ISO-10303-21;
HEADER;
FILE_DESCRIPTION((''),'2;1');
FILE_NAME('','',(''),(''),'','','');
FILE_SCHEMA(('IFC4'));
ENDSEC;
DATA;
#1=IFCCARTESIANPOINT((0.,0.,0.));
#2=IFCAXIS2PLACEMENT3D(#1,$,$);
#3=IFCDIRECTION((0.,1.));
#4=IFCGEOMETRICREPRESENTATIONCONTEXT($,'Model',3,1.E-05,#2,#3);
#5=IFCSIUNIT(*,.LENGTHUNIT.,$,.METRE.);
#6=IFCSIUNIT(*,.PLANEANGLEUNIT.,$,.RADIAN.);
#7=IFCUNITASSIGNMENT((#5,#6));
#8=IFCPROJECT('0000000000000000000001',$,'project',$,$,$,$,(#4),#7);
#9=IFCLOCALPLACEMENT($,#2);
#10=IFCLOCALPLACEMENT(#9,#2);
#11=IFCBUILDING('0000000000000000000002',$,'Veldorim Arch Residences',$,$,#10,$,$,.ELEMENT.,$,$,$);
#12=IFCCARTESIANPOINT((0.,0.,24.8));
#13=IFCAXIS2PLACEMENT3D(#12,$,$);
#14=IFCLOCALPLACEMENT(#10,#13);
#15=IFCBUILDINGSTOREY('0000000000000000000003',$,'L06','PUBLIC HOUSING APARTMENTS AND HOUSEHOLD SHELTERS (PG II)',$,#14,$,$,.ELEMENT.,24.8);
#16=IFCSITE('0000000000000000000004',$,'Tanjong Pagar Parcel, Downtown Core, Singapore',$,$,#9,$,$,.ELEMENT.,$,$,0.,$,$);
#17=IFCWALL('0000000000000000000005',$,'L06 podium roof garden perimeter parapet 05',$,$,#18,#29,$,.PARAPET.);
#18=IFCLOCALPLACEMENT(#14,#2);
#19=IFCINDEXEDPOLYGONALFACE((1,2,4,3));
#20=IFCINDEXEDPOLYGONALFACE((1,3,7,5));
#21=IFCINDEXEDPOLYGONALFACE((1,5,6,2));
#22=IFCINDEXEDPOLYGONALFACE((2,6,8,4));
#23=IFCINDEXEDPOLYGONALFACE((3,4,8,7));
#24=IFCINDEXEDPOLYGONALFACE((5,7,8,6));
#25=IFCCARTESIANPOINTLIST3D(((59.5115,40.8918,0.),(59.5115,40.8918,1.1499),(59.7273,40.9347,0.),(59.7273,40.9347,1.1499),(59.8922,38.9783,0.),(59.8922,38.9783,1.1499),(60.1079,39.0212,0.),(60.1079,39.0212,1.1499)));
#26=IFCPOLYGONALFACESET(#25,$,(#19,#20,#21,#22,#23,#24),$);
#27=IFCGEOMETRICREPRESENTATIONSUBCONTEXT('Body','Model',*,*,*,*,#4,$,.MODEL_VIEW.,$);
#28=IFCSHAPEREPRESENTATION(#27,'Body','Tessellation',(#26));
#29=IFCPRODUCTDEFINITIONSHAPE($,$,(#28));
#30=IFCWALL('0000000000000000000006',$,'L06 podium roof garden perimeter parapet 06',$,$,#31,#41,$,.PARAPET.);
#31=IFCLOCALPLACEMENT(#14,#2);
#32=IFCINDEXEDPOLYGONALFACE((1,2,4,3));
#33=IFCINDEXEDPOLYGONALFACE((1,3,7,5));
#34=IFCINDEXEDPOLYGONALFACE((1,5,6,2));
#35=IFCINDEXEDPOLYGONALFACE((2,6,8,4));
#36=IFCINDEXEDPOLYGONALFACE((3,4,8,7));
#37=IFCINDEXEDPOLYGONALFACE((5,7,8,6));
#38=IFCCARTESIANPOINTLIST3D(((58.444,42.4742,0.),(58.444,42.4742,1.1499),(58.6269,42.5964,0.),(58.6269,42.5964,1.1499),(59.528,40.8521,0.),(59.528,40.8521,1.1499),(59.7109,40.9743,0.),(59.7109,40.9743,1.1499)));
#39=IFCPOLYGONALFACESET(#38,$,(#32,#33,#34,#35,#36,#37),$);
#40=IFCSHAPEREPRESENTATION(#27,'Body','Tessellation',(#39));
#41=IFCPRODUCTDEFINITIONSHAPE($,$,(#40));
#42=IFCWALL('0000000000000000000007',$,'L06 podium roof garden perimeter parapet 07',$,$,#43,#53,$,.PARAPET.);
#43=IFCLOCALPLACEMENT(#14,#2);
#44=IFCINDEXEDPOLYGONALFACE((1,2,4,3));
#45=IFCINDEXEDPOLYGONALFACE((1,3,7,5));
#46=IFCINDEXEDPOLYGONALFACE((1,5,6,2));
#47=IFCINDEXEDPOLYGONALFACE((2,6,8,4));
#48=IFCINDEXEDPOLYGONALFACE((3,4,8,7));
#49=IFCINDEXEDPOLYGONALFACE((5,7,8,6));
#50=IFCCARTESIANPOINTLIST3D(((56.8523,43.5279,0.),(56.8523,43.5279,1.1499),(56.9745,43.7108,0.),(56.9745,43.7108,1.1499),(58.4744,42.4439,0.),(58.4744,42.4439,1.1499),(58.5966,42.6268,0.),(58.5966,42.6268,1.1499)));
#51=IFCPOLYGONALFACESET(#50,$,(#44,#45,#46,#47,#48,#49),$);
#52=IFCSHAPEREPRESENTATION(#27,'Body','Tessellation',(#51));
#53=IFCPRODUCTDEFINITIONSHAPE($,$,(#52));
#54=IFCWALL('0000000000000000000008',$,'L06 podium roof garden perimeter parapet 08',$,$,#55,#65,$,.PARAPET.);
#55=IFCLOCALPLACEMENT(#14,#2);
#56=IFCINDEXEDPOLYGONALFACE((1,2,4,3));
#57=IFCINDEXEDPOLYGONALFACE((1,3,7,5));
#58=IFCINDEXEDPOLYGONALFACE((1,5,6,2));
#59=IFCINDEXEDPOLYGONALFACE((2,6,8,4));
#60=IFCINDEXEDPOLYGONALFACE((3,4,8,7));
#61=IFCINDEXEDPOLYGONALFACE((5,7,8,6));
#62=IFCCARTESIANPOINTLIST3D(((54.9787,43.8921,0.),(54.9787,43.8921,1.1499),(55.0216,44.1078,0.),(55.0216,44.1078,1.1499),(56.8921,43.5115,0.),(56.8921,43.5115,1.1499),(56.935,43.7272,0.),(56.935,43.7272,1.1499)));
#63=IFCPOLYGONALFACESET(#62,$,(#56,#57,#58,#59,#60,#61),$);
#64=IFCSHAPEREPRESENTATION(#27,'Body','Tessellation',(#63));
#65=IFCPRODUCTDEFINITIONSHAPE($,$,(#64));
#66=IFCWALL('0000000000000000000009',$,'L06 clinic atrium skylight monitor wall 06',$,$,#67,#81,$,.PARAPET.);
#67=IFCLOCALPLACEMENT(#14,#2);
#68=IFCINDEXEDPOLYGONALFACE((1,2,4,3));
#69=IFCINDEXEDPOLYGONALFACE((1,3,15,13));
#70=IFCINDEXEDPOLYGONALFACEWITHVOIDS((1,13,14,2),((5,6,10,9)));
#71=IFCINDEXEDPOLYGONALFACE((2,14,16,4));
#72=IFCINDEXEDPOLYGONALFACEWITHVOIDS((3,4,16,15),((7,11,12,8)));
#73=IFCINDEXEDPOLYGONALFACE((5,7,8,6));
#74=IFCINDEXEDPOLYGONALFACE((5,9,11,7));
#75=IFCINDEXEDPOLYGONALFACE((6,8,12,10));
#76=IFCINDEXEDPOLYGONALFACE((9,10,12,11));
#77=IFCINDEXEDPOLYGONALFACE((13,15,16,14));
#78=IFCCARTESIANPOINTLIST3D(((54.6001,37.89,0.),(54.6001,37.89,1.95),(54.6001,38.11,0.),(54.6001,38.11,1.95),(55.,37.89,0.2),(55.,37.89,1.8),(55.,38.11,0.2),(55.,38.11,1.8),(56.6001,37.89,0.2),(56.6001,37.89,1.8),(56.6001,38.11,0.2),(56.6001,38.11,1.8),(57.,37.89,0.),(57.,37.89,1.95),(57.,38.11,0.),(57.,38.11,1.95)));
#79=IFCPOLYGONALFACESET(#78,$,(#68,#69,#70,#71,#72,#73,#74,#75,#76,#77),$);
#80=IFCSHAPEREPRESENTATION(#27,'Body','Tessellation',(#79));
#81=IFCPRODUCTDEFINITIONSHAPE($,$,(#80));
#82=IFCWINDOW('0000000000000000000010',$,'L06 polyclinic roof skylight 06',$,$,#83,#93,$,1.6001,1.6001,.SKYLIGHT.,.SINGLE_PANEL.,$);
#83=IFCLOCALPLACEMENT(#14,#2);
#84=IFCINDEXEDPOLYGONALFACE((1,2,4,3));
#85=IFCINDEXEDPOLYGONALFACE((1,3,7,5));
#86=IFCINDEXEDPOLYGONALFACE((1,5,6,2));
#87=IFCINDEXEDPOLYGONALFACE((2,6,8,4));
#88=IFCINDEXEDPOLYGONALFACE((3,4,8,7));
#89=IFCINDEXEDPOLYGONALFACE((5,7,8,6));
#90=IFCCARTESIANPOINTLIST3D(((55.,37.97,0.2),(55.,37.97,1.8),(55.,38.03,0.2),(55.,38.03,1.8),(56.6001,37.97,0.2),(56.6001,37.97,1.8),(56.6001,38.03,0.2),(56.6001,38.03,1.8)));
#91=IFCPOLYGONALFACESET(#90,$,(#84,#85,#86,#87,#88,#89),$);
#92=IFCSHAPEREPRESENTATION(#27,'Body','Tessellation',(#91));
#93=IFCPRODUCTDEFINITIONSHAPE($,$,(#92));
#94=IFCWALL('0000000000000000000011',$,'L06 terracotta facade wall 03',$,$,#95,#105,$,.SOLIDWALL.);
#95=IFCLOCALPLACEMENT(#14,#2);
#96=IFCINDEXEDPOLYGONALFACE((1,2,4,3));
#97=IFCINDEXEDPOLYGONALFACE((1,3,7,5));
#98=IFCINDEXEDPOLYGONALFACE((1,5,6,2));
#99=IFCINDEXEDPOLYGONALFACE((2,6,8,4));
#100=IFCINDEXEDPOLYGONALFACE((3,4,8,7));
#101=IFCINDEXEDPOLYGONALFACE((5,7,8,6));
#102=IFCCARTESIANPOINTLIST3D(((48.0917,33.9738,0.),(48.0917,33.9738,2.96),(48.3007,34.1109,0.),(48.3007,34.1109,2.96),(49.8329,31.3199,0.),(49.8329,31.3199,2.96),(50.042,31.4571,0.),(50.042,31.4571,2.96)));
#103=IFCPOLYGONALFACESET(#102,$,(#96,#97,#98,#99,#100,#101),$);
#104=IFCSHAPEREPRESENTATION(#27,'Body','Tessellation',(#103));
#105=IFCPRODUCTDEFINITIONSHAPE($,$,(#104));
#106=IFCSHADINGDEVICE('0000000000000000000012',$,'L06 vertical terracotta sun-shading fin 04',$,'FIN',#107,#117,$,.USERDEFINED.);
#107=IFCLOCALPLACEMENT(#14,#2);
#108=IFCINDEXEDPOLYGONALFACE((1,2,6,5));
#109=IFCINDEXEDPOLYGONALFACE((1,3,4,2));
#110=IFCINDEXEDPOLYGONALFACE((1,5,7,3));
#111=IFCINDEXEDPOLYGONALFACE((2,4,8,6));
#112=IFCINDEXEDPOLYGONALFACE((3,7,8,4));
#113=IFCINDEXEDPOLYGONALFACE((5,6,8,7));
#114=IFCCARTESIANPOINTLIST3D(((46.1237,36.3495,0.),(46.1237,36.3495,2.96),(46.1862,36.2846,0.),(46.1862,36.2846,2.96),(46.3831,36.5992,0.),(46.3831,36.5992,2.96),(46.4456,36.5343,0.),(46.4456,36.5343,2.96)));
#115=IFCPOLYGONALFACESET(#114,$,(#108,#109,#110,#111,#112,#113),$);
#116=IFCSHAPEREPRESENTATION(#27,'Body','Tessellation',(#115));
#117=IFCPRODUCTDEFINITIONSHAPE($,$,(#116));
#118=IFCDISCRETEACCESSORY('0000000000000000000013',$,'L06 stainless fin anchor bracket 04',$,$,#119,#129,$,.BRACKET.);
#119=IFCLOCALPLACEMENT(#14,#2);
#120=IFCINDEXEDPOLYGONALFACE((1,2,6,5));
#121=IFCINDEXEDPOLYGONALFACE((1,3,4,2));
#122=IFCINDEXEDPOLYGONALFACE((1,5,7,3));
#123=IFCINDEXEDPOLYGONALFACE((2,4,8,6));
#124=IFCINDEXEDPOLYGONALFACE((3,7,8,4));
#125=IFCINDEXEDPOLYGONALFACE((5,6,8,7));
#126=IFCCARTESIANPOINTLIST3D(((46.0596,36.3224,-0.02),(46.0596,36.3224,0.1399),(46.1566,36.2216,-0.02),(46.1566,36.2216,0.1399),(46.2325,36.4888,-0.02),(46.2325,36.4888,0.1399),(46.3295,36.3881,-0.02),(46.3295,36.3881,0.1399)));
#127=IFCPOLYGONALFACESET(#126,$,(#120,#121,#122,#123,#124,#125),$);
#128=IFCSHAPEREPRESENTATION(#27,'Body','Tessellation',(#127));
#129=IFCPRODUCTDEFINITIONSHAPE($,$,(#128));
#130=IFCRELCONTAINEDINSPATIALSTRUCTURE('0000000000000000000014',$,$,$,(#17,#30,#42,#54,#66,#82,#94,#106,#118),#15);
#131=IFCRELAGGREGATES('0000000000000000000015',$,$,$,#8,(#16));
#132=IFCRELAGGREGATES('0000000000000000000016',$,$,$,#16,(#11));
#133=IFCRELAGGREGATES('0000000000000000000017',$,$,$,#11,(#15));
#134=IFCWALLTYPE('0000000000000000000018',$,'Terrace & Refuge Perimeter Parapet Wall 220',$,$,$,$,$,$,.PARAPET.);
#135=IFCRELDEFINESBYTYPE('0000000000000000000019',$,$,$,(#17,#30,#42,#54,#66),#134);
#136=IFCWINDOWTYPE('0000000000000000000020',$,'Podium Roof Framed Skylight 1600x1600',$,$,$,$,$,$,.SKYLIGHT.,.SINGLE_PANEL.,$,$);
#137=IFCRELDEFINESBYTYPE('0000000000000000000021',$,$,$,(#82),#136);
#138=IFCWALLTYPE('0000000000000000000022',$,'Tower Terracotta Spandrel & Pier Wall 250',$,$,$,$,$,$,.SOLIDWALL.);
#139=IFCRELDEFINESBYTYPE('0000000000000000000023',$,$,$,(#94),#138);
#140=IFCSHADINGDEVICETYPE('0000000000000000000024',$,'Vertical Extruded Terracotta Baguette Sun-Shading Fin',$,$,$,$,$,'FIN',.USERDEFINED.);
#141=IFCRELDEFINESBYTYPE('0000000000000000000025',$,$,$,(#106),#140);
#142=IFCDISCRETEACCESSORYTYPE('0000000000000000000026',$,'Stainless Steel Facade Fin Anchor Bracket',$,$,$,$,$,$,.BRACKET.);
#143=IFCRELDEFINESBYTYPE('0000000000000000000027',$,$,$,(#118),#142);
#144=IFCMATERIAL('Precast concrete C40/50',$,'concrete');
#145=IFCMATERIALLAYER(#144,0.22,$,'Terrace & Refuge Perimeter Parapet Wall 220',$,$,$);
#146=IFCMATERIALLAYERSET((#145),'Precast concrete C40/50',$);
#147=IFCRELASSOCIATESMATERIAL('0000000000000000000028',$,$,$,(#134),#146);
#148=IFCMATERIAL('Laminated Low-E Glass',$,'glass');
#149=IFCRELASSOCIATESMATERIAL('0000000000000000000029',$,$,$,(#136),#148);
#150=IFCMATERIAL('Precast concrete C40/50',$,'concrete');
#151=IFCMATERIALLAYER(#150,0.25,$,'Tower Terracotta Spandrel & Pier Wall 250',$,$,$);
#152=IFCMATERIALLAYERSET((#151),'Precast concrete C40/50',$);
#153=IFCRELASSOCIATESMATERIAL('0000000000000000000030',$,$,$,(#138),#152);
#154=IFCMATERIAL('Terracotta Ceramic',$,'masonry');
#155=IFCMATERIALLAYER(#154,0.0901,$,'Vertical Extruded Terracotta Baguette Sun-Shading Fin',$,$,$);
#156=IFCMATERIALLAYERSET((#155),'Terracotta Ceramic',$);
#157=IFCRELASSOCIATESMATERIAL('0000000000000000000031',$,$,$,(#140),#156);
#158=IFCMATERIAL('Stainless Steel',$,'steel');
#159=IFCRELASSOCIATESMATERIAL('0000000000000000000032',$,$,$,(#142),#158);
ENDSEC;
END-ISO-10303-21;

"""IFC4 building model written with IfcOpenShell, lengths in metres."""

from ifc_helpers import new_model, si_unit, direction, frame, frame_2d, origin, origin_2d, place, context, subcontext, project, spatial, rectangle, extrude, material, layer, layer_set, type_object, element, fill, save


model = new_model("IFC4")

# Units and contexts
model_context = context("Model", 3, precision=1e-05, world=origin(), true_north=direction((0.0, 1.0)))
body_context = subcontext(model_context, "Body", "Model", "MODEL_VIEW")
ifc_project = project(units=[si_unit("LENGTHUNIT", "METRE"), si_unit("PLANEANGLEUNIT", "RADIAN")], contexts=[model_context])

# Site, building, storey
site_placement = place(None, origin())
site = spatial("IfcSite", under=ifc_project, at=site_placement, Name="Tanjong Pagar Parcel, Downtown Core, Singapore", CompositionType="ELEMENT", RefElevation=0.0)
building_placement = place(site_placement, origin())
building = spatial("IfcBuilding", under=site, at=building_placement, Name="Veldorim Arch Residences", CompositionType="ELEMENT")
storey_placement = place(building_placement, frame((0.0, 0.0, 24.8)))
storey = spatial("IfcBuildingStorey", under=building, at=storey_placement, Name="L06", Description="PUBLIC HOUSING APARTMENTS AND HOUSEHOLD SHELTERS (PG II)", CompositionType="ELEMENT", Elevation=24.8)

# Walls
ifc_material_1 = material(Name="Precast concrete C40/50", Category="concrete")
ifc_layer_1 = layer(ifc_material_1, 0.22, Name="Terrace & Refuge Perimeter Parapet Wall 220")
ifc_layer_set_1 = layer_set([ifc_layer_1], Name="Precast concrete C40/50")
wall_type_1 = type_object("IfcWallType", Name="Terrace & Refuge Perimeter Parapet Wall 220", PredefinedType="PARAPET", material=ifc_layer_set_1)
for number, where, z_axis, x_axis, name in (
    (1, (59.6194, 40.9133, 0.0), (0.0, 0.0, 1.0), (0.195105, -0.980782, 0.0), "L06 podium roof garden perimeter parapet 05"),
    (2, (58.5354, 42.5354, 0.0), (0.0, 0.0, 1.0), (0.555624, -0.831434, 0.0), "L06 podium roof garden perimeter parapet 06"),
    (3, (56.9133, 43.6194, 0.0), (0.0, 0.0, 1.0), (0.831434, -0.555624, 0.0), "L06 podium roof garden perimeter parapet 07"),
    (4, (55.0, 44.0, 0.0), (0.0, 0.0, 1.0), (0.980782, -0.195105, 0.0), "L06 podium roof garden perimeter parapet 08"),
):
    element("IfcWall", number, at=place(storey_placement, frame(where, z_axis=z_axis, x_axis=x_axis)), inside=storey, type_object=wall_type_1, Name=name, PredefinedType="PARAPET", context=body_context, shape_type="SweptSolid", body=[
        extrude(rectangle(XDim=1.9509, YDim=0.22, at=frame_2d((0.9756, 0.0))), origin(), (0.0, 0.0, 1.0), 1.1499),
    ])

# Wall, opening, window
wall_1_placement = place(storey_placement, frame((54.6001, 38.0, 0.0), z_axis=(0.0, 0.0, 1.0), x_axis=(1.0, 0.0, 0.0)))
wall_1 = element("IfcWall", 5, at=wall_1_placement, inside=storey, type_object=wall_type_1, Name="L06 clinic atrium skylight monitor wall 06", PredefinedType="PARAPET", context=body_context, shape_type="SweptSolid", body=[
    extrude(rectangle(XDim=2.3999, YDim=0.22, at=frame_2d((1.2, 0.0))), origin(), (0.0, 0.0, 1.0), 1.95),
])
opening_placement = place(wall_1_placement, frame((0.3999, 0.0, 0.2)))
opening = element("IfcOpeningElement", 6, at=opening_placement, cuts=wall_1, PredefinedType="OPENING", context=body_context, shape_type="SweptSolid", body=[
    extrude(rectangle(XDim=1.6001, YDim=1.6001, at=frame_2d((0.8, 0.8))), frame((0.0, 0.1199, 0.0), z_axis=(0.0, -1.0, 0.0), x_axis=(1.0, 0.0, 0.0)), (0.0, 0.0, 1.0), 0.24),
])
ifc_material_2 = material(Name="Laminated Low-E Glass", Category="glass")
window_type = type_object("IfcWindowType", Name="Podium Roof Framed Skylight 1600x1600", PartitioningType="SINGLE_PANEL", PredefinedType="SKYLIGHT", material=ifc_material_2)
window_placement = place(opening_placement, origin())
window = element("IfcWindow", 7, at=window_placement, inside=storey, type_object=window_type, Name="L06 polyclinic roof skylight 06", OverallHeight=1.6001, OverallWidth=1.6001, PartitioningType="SINGLE_PANEL", PredefinedType="SKYLIGHT", context=body_context, shape_type="SweptSolid", body=[
    extrude(rectangle(XDim=1.6001, YDim=1.6001, at=frame_2d((0.8, 0.8))), frame((0.0, 0.03, 0.0), z_axis=(0.0, -1.0, 0.0), x_axis=(1.0, 0.0, 0.0)), (0.0, 0.0, 1.0), 0.0601),
])
fill(opening, window)

# Wall
ifc_material_3 = material(Name="Precast concrete C40/50", Category="concrete")
ifc_layer_2 = layer(ifc_material_3, 0.25, Name="Tower Terracotta Spandrel & Pier Wall 250")
ifc_layer_set_2 = layer_set([ifc_layer_2], Name="Precast concrete C40/50")
wall_type_2 = type_object("IfcWallType", Name="Tower Terracotta Spandrel & Pier Wall 250", PredefinedType="SOLIDWALL", material=ifc_layer_set_2)
wall_2_placement = place(storey_placement, frame((48.1963, 34.0422, 0.0), z_axis=(0.0, 0.0, 1.0), x_axis=(0.548579, -0.836099, 0.0)))
element("IfcWall", 8, at=wall_2_placement, inside=storey, type_object=wall_type_2, Name="L06 terracotta facade wall 03", PredefinedType="SOLIDWALL", context=body_context, shape_type="SweptSolid", body=[
    extrude(rectangle(XDim=3.1741, YDim=0.25, at=frame_2d((1.5869, 0.0))), origin(), (0.0, 0.0, 1.0), 2.96),
])

# Shading device
ifc_material_4 = material(Name="Terracotta Ceramic", Category="masonry")
ifc_layer_3 = layer(ifc_material_4, 0.0901, Name="Vertical Extruded Terracotta Baguette Sun-Shading Fin")
ifc_layer_set_3 = layer_set([ifc_layer_3], Name="Terracotta Ceramic")
shading_device_type = type_object("IfcShadingDeviceType", Name="Vertical Extruded Terracotta Baguette Sun-Shading Fin", ElementType="FIN", PredefinedType="USERDEFINED", material=ifc_layer_set_3)
shading_device_placement = place(storey_placement, frame((46.2847, 36.4419, 0.0), z_axis=(0.0, 0.0, 1.0), x_axis=(0.693528, -0.72043, 0.0)))
element("IfcShadingDevice", 9, at=shading_device_placement, inside=storey, type_object=shading_device_type, Name="L06 vertical terracotta sun-shading fin 04", ObjectType="FIN", PredefinedType="USERDEFINED", context=body_context, shape_type="SweptSolid", body=[
    extrude(rectangle(XDim=0.0901, YDim=0.3601, at=origin_2d()), origin(), (0.0, 0.0, 1.0), 2.96),
])

# Discrete accessory
ifc_material_5 = material(Name="Stainless Steel", Category="steel")
discrete_accessory_type = type_object("IfcDiscreteAccessoryType", Name="Stainless Steel Facade Fin Anchor Bracket", PredefinedType="BRACKET", material=ifc_material_5)
discrete_accessory_placement = place(storey_placement, frame((46.1946, 36.3552, -0.02), z_axis=(0.0, 0.0, 1.0), x_axis=(0.693528, -0.72043, 0.0)))
element("IfcDiscreteAccessory", 10, at=discrete_accessory_placement, inside=storey, type_object=discrete_accessory_type, Name="L06 stainless fin anchor bracket 04", PredefinedType="BRACKET", context=body_context, shape_type="SweptSolid", body=[
    extrude(rectangle(XDim=0.1399, YDim=0.24, at=origin_2d()), origin(), (0.0, 0.0, 1.0), 0.1599),
])

save(model, "model.ifc")
